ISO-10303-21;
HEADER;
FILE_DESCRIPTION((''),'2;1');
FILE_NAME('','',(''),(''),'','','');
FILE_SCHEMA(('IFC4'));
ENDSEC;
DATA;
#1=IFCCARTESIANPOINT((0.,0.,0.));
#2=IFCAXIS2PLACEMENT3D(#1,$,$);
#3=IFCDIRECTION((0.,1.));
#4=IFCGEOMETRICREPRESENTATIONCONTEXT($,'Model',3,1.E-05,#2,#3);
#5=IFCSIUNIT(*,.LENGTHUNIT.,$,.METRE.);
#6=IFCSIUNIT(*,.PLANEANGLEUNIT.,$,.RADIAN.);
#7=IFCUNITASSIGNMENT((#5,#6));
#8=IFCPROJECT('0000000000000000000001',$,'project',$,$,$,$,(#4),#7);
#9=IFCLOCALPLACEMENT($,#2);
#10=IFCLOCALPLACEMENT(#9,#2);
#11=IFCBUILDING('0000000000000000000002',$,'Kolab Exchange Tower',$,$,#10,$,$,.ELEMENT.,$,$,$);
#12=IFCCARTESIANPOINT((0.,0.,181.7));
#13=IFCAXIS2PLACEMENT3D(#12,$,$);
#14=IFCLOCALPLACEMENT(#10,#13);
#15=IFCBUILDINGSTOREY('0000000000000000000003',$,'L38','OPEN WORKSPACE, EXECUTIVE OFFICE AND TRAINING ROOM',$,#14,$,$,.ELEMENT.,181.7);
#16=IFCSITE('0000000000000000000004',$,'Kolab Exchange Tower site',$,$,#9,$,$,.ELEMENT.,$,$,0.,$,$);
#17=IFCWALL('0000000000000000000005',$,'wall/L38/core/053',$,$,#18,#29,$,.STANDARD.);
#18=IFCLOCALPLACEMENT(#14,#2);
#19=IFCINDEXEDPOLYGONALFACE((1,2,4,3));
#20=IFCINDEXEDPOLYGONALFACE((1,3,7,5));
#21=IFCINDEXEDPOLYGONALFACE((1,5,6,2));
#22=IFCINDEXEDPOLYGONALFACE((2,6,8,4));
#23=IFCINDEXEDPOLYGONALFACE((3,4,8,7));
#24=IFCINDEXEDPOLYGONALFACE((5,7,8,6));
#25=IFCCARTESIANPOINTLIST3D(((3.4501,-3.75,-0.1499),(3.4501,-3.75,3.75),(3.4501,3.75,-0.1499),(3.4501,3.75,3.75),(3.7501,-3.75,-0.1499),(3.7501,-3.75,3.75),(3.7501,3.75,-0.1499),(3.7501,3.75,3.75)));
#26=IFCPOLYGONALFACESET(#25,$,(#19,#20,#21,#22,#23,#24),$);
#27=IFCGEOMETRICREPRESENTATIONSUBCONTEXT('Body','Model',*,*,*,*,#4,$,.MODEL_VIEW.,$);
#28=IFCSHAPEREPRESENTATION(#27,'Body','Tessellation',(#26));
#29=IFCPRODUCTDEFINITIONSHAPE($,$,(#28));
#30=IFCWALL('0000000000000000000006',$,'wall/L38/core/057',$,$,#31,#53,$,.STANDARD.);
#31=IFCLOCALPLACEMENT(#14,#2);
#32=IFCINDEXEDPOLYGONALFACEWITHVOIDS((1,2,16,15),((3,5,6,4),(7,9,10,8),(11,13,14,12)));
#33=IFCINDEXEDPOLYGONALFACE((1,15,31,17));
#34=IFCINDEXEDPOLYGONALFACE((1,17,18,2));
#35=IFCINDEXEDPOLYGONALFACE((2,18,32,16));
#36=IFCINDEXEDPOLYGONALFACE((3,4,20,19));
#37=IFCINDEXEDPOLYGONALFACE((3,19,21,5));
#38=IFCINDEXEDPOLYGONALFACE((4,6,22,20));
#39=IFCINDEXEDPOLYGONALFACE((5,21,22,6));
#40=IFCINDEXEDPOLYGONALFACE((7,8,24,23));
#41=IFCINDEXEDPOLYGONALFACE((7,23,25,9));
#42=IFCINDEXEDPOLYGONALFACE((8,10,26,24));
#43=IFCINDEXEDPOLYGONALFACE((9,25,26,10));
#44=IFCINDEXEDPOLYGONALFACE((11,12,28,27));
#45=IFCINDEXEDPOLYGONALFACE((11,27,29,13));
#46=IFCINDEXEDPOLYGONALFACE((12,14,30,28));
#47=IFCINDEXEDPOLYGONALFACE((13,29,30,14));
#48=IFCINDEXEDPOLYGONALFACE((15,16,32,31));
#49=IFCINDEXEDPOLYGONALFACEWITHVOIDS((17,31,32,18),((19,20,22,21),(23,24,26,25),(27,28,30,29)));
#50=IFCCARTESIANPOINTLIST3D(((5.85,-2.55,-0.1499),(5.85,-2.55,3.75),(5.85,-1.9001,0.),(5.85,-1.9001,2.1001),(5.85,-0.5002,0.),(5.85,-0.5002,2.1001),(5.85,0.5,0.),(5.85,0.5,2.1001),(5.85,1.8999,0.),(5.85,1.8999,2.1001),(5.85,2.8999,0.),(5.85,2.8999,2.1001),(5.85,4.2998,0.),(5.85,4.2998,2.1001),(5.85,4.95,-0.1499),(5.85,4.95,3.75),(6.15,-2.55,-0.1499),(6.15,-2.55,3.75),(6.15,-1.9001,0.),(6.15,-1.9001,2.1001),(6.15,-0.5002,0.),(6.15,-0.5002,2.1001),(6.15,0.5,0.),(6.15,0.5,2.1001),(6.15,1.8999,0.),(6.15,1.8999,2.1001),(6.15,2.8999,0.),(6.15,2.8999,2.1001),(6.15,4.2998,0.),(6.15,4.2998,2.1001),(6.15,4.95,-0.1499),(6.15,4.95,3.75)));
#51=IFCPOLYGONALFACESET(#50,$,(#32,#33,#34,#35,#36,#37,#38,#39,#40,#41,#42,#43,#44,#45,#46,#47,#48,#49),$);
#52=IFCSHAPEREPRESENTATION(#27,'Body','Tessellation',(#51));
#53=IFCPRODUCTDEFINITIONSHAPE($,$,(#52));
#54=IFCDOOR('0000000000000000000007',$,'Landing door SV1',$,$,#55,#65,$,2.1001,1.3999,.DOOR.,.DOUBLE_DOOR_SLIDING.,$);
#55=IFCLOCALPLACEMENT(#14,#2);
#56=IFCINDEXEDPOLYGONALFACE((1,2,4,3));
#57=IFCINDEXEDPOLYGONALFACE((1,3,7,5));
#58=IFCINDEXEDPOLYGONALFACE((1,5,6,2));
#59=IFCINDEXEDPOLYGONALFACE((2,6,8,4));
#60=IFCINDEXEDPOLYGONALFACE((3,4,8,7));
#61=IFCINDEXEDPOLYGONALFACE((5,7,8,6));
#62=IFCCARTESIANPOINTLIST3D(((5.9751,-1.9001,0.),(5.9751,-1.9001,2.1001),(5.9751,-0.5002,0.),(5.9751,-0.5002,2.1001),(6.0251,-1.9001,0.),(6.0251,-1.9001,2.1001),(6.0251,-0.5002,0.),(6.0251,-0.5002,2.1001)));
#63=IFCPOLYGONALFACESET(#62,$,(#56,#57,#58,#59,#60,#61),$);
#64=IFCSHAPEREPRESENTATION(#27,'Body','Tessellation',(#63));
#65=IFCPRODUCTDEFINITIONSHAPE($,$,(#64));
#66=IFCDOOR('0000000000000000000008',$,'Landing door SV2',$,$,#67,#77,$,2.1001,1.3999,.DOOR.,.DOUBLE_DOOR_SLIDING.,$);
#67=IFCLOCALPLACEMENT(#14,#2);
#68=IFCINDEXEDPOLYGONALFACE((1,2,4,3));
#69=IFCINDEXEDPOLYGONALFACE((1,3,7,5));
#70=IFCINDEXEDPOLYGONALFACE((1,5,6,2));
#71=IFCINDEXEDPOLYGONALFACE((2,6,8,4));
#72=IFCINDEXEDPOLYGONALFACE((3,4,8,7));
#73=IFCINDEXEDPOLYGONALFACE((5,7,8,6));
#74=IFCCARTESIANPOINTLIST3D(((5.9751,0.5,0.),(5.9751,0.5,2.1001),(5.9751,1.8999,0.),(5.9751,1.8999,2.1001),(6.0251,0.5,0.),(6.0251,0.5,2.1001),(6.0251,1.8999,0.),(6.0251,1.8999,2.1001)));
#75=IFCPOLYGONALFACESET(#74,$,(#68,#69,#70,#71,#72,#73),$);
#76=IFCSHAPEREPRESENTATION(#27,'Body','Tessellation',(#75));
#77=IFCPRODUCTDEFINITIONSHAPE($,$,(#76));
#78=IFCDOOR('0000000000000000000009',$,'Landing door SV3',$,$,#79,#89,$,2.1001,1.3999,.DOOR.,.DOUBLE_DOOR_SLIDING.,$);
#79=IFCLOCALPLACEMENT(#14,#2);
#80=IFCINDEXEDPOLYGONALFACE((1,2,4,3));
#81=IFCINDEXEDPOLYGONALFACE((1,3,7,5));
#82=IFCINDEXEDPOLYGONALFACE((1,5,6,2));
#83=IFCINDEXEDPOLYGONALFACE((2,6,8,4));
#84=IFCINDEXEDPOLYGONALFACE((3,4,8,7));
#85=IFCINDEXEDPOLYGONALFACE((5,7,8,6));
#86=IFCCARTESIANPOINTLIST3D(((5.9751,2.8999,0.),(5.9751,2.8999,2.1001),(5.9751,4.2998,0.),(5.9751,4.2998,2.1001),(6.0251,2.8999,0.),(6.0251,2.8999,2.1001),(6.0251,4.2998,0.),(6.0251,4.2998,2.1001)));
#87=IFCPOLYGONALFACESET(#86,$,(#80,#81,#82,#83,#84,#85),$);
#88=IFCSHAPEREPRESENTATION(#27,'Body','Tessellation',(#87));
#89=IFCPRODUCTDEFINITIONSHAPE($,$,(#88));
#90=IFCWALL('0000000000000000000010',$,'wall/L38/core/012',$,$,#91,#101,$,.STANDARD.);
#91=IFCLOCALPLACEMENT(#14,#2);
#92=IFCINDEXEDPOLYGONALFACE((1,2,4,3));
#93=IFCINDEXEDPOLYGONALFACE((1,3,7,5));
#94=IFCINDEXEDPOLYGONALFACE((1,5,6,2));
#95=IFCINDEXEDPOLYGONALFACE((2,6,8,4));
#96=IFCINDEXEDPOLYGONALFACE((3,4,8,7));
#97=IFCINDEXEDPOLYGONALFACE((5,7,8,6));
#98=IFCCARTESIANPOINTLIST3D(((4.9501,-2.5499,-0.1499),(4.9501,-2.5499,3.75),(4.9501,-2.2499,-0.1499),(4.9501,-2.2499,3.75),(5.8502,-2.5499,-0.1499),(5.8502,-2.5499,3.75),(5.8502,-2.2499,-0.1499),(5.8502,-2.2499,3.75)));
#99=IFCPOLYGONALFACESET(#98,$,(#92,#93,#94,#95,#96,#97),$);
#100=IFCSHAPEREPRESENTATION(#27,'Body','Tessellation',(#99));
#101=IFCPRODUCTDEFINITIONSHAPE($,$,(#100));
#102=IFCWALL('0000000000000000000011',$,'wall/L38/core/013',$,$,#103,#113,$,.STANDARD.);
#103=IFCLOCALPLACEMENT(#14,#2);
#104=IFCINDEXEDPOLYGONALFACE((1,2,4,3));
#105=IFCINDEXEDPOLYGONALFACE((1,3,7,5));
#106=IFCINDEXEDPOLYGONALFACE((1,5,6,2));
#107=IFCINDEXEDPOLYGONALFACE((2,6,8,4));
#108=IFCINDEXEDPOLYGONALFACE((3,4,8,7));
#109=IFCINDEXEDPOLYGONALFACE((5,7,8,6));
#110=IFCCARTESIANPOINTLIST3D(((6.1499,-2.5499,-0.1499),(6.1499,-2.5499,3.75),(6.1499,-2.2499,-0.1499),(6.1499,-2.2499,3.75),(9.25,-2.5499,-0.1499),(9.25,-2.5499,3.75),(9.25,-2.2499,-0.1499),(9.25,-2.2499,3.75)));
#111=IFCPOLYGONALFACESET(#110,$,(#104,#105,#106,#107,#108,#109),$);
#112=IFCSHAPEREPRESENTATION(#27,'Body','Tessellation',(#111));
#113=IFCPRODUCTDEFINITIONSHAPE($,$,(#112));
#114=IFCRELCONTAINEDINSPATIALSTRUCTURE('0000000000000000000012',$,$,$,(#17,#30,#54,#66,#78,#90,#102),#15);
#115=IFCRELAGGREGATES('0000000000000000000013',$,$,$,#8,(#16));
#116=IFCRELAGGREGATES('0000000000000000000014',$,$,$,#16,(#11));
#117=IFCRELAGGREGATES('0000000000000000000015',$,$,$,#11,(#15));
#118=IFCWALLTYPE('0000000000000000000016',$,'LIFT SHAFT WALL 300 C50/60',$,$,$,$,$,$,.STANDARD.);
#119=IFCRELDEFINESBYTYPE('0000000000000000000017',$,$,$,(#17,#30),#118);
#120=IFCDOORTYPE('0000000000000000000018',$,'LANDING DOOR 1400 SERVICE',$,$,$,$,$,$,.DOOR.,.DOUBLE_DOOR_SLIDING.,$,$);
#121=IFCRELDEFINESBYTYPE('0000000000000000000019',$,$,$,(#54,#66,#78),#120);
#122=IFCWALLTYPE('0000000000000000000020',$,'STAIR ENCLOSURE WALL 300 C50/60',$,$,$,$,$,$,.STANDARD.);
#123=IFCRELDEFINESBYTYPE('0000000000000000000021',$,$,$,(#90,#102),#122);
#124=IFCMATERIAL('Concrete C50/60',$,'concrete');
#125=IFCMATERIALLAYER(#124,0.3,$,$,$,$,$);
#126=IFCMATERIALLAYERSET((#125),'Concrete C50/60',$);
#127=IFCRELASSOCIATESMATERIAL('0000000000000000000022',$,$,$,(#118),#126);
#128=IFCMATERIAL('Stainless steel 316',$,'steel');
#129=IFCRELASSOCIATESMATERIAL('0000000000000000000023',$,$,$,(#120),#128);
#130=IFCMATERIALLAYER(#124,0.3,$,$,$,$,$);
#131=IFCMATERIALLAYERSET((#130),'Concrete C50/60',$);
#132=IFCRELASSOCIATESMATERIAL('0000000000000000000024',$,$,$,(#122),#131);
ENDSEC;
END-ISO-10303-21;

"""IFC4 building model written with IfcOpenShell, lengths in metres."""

from ifc_helpers import new_model, si_unit, direction, frame, frame_2d, origin, place, context, subcontext, project, spatial, rectangle, extrude, material, layer, layer_set, type_object, element, fill, save


model = new_model("IFC4")

# Units and contexts
model_context = context("Model", 3, precision=1e-05, world=origin(), true_north=direction((0.0, 1.0)))
body_context = subcontext(model_context, "Body", "Model", "MODEL_VIEW")
ifc_project = project(units=[si_unit("LENGTHUNIT", "METRE"), si_unit("PLANEANGLEUNIT", "RADIAN")], contexts=[model_context])

# Site, building, storey
site_placement = place(None, origin())
site = spatial("IfcSite", under=ifc_project, at=site_placement, Name="Kolab Exchange Tower site", CompositionType="ELEMENT", RefElevation=0.0)
building_placement = place(site_placement, origin())
building = spatial("IfcBuilding", under=site, at=building_placement, Name="Kolab Exchange Tower", CompositionType="ELEMENT")
storey_placement = place(building_placement, frame((0.0, 0.0, 181.7)))
storey = spatial("IfcBuildingStorey", under=building, at=storey_placement, Name="L38", Description="OPEN WORKSPACE, EXECUTIVE OFFICE AND TRAINING ROOM", CompositionType="ELEMENT", Elevation=181.7)

# Shared definitions
ifc_material_1 = material(Name="Concrete C50/60", Category="concrete")

# Shared definitions
ifc_layer_1 = layer(ifc_material_1, 0.3)
ifc_layer_set_1 = layer_set([ifc_layer_1], Name="Concrete C50/60")
wall_type_1 = type_object("IfcWallType", Name="LIFT SHAFT WALL 300 C50/60", PredefinedType="STANDARD", material=ifc_layer_set_1)
ifc_material_2 = material(Name="Stainless steel 316", Category="steel")

# Wall
for number, where, z_axis, x_axis, name in (
    (1, (3.6001, -3.75, -0.1499), (0.0, 0.0, 1.0), (0.0, 1.0, 0.0), "wall/L38/core/053"),
):
    element("IfcWall", number, at=place(storey_placement, frame(where, z_axis=z_axis, x_axis=x_axis)), inside=storey, type_object=wall_type_1, Name=name, PredefinedType="STANDARD", context=body_context, shape_type="SweptSolid", body=[
        extrude(rectangle(XDim=7.5, YDim=0.3, at=frame_2d((3.75, 0.0))), origin(), (0.0, 0.0, 1.0), 3.8999),
    ])

# Wall, openings, doors
wall_1_placement = place(storey_placement, frame((6.0, -2.55, -0.1499), z_axis=(0.0, 0.0, 1.0), x_axis=(0.0, 1.0, 0.0)))
wall_1 = element("IfcWall", 2, at=wall_1_placement, inside=storey, type_object=wall_type_1, Name="wall/L38/core/057", PredefinedType="STANDARD", context=body_context, shape_type="SweptSolid", body=[
    extrude(rectangle(XDim=7.5, YDim=0.3, at=frame_2d((3.75, 0.0))), origin(), (0.0, 0.0, 1.0), 3.8999),
])
opening_1_placement = place(wall_1_placement, frame((0.6499, 0.0, 0.1499)))
opening_1 = element("IfcOpeningElement", 3, at=opening_1_placement, cuts=wall_1, PredefinedType="OPENING", context=body_context, shape_type="SweptSolid", body=[
    extrude(rectangle(XDim=1.3999, YDim=2.1001, at=frame_2d((0.7, 1.05))), frame((0.0, 0.1602, 0.0), z_axis=(0.0, -1.0, 0.0), x_axis=(1.0, 0.0, 0.0)), (0.0, 0.0, 1.0), 0.3201),
])
opening_2_placement = place(wall_1_placement, frame((3.05, 0.0, 0.1499)))
opening_2 = element("IfcOpeningElement", 4, at=opening_2_placement, cuts=wall_1, PredefinedType="OPENING", context=body_context, shape_type="SweptSolid", body=[
    extrude(rectangle(XDim=1.3999, YDim=2.1001, at=frame_2d((0.7, 1.05))), frame((0.0, 0.1602, 0.0), z_axis=(0.0, -1.0, 0.0), x_axis=(1.0, 0.0, 0.0)), (0.0, 0.0, 1.0), 0.3201),
])
opening_3_placement = place(wall_1_placement, frame((5.45, 0.0, 0.1499)))
opening_3 = element("IfcOpeningElement", 5, at=opening_3_placement, cuts=wall_1, PredefinedType="OPENING", context=body_context, shape_type="SweptSolid", body=[
    extrude(rectangle(XDim=1.3999, YDim=2.1001, at=frame_2d((0.7, 1.05))), frame((0.0, 0.1602, 0.0), z_axis=(0.0, -1.0, 0.0), x_axis=(1.0, 0.0, 0.0)), (0.0, 0.0, 1.0), 0.3201),
])
door_type_1 = type_object("IfcDoorType", Name="LANDING DOOR 1400 SERVICE", OperationType="DOUBLE_DOOR_SLIDING", PredefinedType="DOOR", material=ifc_material_2)
door_1_placement = place(opening_1_placement, origin())
door_1 = element("IfcDoor", 6, at=door_1_placement, inside=storey, type_object=door_type_1, Name="Landing door SV1", OperationType="DOUBLE_DOOR_SLIDING", OverallHeight=2.1001, OverallWidth=1.3999, PredefinedType="DOOR", context=body_context, shape_type="SweptSolid", body=[
    extrude(rectangle(XDim=1.3999, YDim=2.1001, at=frame_2d((0.7, 1.05))), frame((0.0, 0.0249, 0.0), z_axis=(0.0, -1.0, 0.0), x_axis=(1.0, 0.0, 0.0)), (0.0, 0.0, 1.0), 0.05),
])
fill(opening_1, door_1)
door_2_placement = place(opening_2_placement, origin())
door_2 = element("IfcDoor", 7, at=door_2_placement, inside=storey, type_object=door_type_1, Name="Landing door SV2", OperationType="DOUBLE_DOOR_SLIDING", OverallHeight=2.1001, OverallWidth=1.3999, PredefinedType="DOOR", context=body_context, shape_type="SweptSolid", body=[
    extrude(rectangle(XDim=1.3999, YDim=2.1001, at=frame_2d((0.7, 1.05))), frame((0.0, 0.0249, 0.0), z_axis=(0.0, -1.0, 0.0), x_axis=(1.0, 0.0, 0.0)), (0.0, 0.0, 1.0), 0.05),
])
fill(opening_2, door_2)
door_3_placement = place(opening_3_placement, origin())
door_3 = element("IfcDoor", 8, at=door_3_placement, inside=storey, type_object=door_type_1, Name="Landing door SV3", OperationType="DOUBLE_DOOR_SLIDING", OverallHeight=2.1001, OverallWidth=1.3999, PredefinedType="DOOR", context=body_context, shape_type="SweptSolid", body=[
    extrude(rectangle(XDim=1.3999, YDim=2.1001, at=frame_2d((0.7, 1.05))), frame((0.0, 0.0249, 0.0), z_axis=(0.0, -1.0, 0.0), x_axis=(1.0, 0.0, 0.0)), (0.0, 0.0, 1.0), 0.05),
])
fill(opening_3, door_3)

# Walls
ifc_layer_2 = layer(ifc_material_1, 0.3)
ifc_layer_set_2 = layer_set([ifc_layer_2], Name="Concrete C50/60")
wall_type_2 = type_object("IfcWallType", Name="STAIR ENCLOSURE WALL 300 C50/60", PredefinedType="STANDARD", material=ifc_layer_set_2)
wall_2_placement = place(storey_placement, frame((4.95, -2.3999, -0.1499), z_axis=(0.0, 0.0, 1.0), x_axis=(1.0, 0.0, 0.0)))
element("IfcWall", 9, at=wall_2_placement, inside=storey, type_object=wall_type_2, Name="wall/L38/core/012", PredefinedType="STANDARD", context=body_context, shape_type="SweptSolid", body=[
    extrude(rectangle(XDim=0.9001, YDim=0.3, at=frame_2d((0.4502, 0.0))), origin(), (0.0, 0.0, 1.0), 3.8999),
])
wall_3_placement = place(storey_placement, frame((6.1499, -2.3999, -0.1499), z_axis=(0.0, 0.0, 1.0), x_axis=(1.0, 0.0, 0.0)))
element("IfcWall", 10, at=wall_3_placement, inside=storey, type_object=wall_type_2, Name="wall/L38/core/013", PredefinedType="STANDARD", context=body_context, shape_type="SweptSolid", body=[
    extrude(rectangle(XDim=3.1001, YDim=0.3, at=frame_2d((1.55, 0.0))), origin(), (0.0, 0.0, 1.0), 3.8999),
])

save(model, "model.ifc")
